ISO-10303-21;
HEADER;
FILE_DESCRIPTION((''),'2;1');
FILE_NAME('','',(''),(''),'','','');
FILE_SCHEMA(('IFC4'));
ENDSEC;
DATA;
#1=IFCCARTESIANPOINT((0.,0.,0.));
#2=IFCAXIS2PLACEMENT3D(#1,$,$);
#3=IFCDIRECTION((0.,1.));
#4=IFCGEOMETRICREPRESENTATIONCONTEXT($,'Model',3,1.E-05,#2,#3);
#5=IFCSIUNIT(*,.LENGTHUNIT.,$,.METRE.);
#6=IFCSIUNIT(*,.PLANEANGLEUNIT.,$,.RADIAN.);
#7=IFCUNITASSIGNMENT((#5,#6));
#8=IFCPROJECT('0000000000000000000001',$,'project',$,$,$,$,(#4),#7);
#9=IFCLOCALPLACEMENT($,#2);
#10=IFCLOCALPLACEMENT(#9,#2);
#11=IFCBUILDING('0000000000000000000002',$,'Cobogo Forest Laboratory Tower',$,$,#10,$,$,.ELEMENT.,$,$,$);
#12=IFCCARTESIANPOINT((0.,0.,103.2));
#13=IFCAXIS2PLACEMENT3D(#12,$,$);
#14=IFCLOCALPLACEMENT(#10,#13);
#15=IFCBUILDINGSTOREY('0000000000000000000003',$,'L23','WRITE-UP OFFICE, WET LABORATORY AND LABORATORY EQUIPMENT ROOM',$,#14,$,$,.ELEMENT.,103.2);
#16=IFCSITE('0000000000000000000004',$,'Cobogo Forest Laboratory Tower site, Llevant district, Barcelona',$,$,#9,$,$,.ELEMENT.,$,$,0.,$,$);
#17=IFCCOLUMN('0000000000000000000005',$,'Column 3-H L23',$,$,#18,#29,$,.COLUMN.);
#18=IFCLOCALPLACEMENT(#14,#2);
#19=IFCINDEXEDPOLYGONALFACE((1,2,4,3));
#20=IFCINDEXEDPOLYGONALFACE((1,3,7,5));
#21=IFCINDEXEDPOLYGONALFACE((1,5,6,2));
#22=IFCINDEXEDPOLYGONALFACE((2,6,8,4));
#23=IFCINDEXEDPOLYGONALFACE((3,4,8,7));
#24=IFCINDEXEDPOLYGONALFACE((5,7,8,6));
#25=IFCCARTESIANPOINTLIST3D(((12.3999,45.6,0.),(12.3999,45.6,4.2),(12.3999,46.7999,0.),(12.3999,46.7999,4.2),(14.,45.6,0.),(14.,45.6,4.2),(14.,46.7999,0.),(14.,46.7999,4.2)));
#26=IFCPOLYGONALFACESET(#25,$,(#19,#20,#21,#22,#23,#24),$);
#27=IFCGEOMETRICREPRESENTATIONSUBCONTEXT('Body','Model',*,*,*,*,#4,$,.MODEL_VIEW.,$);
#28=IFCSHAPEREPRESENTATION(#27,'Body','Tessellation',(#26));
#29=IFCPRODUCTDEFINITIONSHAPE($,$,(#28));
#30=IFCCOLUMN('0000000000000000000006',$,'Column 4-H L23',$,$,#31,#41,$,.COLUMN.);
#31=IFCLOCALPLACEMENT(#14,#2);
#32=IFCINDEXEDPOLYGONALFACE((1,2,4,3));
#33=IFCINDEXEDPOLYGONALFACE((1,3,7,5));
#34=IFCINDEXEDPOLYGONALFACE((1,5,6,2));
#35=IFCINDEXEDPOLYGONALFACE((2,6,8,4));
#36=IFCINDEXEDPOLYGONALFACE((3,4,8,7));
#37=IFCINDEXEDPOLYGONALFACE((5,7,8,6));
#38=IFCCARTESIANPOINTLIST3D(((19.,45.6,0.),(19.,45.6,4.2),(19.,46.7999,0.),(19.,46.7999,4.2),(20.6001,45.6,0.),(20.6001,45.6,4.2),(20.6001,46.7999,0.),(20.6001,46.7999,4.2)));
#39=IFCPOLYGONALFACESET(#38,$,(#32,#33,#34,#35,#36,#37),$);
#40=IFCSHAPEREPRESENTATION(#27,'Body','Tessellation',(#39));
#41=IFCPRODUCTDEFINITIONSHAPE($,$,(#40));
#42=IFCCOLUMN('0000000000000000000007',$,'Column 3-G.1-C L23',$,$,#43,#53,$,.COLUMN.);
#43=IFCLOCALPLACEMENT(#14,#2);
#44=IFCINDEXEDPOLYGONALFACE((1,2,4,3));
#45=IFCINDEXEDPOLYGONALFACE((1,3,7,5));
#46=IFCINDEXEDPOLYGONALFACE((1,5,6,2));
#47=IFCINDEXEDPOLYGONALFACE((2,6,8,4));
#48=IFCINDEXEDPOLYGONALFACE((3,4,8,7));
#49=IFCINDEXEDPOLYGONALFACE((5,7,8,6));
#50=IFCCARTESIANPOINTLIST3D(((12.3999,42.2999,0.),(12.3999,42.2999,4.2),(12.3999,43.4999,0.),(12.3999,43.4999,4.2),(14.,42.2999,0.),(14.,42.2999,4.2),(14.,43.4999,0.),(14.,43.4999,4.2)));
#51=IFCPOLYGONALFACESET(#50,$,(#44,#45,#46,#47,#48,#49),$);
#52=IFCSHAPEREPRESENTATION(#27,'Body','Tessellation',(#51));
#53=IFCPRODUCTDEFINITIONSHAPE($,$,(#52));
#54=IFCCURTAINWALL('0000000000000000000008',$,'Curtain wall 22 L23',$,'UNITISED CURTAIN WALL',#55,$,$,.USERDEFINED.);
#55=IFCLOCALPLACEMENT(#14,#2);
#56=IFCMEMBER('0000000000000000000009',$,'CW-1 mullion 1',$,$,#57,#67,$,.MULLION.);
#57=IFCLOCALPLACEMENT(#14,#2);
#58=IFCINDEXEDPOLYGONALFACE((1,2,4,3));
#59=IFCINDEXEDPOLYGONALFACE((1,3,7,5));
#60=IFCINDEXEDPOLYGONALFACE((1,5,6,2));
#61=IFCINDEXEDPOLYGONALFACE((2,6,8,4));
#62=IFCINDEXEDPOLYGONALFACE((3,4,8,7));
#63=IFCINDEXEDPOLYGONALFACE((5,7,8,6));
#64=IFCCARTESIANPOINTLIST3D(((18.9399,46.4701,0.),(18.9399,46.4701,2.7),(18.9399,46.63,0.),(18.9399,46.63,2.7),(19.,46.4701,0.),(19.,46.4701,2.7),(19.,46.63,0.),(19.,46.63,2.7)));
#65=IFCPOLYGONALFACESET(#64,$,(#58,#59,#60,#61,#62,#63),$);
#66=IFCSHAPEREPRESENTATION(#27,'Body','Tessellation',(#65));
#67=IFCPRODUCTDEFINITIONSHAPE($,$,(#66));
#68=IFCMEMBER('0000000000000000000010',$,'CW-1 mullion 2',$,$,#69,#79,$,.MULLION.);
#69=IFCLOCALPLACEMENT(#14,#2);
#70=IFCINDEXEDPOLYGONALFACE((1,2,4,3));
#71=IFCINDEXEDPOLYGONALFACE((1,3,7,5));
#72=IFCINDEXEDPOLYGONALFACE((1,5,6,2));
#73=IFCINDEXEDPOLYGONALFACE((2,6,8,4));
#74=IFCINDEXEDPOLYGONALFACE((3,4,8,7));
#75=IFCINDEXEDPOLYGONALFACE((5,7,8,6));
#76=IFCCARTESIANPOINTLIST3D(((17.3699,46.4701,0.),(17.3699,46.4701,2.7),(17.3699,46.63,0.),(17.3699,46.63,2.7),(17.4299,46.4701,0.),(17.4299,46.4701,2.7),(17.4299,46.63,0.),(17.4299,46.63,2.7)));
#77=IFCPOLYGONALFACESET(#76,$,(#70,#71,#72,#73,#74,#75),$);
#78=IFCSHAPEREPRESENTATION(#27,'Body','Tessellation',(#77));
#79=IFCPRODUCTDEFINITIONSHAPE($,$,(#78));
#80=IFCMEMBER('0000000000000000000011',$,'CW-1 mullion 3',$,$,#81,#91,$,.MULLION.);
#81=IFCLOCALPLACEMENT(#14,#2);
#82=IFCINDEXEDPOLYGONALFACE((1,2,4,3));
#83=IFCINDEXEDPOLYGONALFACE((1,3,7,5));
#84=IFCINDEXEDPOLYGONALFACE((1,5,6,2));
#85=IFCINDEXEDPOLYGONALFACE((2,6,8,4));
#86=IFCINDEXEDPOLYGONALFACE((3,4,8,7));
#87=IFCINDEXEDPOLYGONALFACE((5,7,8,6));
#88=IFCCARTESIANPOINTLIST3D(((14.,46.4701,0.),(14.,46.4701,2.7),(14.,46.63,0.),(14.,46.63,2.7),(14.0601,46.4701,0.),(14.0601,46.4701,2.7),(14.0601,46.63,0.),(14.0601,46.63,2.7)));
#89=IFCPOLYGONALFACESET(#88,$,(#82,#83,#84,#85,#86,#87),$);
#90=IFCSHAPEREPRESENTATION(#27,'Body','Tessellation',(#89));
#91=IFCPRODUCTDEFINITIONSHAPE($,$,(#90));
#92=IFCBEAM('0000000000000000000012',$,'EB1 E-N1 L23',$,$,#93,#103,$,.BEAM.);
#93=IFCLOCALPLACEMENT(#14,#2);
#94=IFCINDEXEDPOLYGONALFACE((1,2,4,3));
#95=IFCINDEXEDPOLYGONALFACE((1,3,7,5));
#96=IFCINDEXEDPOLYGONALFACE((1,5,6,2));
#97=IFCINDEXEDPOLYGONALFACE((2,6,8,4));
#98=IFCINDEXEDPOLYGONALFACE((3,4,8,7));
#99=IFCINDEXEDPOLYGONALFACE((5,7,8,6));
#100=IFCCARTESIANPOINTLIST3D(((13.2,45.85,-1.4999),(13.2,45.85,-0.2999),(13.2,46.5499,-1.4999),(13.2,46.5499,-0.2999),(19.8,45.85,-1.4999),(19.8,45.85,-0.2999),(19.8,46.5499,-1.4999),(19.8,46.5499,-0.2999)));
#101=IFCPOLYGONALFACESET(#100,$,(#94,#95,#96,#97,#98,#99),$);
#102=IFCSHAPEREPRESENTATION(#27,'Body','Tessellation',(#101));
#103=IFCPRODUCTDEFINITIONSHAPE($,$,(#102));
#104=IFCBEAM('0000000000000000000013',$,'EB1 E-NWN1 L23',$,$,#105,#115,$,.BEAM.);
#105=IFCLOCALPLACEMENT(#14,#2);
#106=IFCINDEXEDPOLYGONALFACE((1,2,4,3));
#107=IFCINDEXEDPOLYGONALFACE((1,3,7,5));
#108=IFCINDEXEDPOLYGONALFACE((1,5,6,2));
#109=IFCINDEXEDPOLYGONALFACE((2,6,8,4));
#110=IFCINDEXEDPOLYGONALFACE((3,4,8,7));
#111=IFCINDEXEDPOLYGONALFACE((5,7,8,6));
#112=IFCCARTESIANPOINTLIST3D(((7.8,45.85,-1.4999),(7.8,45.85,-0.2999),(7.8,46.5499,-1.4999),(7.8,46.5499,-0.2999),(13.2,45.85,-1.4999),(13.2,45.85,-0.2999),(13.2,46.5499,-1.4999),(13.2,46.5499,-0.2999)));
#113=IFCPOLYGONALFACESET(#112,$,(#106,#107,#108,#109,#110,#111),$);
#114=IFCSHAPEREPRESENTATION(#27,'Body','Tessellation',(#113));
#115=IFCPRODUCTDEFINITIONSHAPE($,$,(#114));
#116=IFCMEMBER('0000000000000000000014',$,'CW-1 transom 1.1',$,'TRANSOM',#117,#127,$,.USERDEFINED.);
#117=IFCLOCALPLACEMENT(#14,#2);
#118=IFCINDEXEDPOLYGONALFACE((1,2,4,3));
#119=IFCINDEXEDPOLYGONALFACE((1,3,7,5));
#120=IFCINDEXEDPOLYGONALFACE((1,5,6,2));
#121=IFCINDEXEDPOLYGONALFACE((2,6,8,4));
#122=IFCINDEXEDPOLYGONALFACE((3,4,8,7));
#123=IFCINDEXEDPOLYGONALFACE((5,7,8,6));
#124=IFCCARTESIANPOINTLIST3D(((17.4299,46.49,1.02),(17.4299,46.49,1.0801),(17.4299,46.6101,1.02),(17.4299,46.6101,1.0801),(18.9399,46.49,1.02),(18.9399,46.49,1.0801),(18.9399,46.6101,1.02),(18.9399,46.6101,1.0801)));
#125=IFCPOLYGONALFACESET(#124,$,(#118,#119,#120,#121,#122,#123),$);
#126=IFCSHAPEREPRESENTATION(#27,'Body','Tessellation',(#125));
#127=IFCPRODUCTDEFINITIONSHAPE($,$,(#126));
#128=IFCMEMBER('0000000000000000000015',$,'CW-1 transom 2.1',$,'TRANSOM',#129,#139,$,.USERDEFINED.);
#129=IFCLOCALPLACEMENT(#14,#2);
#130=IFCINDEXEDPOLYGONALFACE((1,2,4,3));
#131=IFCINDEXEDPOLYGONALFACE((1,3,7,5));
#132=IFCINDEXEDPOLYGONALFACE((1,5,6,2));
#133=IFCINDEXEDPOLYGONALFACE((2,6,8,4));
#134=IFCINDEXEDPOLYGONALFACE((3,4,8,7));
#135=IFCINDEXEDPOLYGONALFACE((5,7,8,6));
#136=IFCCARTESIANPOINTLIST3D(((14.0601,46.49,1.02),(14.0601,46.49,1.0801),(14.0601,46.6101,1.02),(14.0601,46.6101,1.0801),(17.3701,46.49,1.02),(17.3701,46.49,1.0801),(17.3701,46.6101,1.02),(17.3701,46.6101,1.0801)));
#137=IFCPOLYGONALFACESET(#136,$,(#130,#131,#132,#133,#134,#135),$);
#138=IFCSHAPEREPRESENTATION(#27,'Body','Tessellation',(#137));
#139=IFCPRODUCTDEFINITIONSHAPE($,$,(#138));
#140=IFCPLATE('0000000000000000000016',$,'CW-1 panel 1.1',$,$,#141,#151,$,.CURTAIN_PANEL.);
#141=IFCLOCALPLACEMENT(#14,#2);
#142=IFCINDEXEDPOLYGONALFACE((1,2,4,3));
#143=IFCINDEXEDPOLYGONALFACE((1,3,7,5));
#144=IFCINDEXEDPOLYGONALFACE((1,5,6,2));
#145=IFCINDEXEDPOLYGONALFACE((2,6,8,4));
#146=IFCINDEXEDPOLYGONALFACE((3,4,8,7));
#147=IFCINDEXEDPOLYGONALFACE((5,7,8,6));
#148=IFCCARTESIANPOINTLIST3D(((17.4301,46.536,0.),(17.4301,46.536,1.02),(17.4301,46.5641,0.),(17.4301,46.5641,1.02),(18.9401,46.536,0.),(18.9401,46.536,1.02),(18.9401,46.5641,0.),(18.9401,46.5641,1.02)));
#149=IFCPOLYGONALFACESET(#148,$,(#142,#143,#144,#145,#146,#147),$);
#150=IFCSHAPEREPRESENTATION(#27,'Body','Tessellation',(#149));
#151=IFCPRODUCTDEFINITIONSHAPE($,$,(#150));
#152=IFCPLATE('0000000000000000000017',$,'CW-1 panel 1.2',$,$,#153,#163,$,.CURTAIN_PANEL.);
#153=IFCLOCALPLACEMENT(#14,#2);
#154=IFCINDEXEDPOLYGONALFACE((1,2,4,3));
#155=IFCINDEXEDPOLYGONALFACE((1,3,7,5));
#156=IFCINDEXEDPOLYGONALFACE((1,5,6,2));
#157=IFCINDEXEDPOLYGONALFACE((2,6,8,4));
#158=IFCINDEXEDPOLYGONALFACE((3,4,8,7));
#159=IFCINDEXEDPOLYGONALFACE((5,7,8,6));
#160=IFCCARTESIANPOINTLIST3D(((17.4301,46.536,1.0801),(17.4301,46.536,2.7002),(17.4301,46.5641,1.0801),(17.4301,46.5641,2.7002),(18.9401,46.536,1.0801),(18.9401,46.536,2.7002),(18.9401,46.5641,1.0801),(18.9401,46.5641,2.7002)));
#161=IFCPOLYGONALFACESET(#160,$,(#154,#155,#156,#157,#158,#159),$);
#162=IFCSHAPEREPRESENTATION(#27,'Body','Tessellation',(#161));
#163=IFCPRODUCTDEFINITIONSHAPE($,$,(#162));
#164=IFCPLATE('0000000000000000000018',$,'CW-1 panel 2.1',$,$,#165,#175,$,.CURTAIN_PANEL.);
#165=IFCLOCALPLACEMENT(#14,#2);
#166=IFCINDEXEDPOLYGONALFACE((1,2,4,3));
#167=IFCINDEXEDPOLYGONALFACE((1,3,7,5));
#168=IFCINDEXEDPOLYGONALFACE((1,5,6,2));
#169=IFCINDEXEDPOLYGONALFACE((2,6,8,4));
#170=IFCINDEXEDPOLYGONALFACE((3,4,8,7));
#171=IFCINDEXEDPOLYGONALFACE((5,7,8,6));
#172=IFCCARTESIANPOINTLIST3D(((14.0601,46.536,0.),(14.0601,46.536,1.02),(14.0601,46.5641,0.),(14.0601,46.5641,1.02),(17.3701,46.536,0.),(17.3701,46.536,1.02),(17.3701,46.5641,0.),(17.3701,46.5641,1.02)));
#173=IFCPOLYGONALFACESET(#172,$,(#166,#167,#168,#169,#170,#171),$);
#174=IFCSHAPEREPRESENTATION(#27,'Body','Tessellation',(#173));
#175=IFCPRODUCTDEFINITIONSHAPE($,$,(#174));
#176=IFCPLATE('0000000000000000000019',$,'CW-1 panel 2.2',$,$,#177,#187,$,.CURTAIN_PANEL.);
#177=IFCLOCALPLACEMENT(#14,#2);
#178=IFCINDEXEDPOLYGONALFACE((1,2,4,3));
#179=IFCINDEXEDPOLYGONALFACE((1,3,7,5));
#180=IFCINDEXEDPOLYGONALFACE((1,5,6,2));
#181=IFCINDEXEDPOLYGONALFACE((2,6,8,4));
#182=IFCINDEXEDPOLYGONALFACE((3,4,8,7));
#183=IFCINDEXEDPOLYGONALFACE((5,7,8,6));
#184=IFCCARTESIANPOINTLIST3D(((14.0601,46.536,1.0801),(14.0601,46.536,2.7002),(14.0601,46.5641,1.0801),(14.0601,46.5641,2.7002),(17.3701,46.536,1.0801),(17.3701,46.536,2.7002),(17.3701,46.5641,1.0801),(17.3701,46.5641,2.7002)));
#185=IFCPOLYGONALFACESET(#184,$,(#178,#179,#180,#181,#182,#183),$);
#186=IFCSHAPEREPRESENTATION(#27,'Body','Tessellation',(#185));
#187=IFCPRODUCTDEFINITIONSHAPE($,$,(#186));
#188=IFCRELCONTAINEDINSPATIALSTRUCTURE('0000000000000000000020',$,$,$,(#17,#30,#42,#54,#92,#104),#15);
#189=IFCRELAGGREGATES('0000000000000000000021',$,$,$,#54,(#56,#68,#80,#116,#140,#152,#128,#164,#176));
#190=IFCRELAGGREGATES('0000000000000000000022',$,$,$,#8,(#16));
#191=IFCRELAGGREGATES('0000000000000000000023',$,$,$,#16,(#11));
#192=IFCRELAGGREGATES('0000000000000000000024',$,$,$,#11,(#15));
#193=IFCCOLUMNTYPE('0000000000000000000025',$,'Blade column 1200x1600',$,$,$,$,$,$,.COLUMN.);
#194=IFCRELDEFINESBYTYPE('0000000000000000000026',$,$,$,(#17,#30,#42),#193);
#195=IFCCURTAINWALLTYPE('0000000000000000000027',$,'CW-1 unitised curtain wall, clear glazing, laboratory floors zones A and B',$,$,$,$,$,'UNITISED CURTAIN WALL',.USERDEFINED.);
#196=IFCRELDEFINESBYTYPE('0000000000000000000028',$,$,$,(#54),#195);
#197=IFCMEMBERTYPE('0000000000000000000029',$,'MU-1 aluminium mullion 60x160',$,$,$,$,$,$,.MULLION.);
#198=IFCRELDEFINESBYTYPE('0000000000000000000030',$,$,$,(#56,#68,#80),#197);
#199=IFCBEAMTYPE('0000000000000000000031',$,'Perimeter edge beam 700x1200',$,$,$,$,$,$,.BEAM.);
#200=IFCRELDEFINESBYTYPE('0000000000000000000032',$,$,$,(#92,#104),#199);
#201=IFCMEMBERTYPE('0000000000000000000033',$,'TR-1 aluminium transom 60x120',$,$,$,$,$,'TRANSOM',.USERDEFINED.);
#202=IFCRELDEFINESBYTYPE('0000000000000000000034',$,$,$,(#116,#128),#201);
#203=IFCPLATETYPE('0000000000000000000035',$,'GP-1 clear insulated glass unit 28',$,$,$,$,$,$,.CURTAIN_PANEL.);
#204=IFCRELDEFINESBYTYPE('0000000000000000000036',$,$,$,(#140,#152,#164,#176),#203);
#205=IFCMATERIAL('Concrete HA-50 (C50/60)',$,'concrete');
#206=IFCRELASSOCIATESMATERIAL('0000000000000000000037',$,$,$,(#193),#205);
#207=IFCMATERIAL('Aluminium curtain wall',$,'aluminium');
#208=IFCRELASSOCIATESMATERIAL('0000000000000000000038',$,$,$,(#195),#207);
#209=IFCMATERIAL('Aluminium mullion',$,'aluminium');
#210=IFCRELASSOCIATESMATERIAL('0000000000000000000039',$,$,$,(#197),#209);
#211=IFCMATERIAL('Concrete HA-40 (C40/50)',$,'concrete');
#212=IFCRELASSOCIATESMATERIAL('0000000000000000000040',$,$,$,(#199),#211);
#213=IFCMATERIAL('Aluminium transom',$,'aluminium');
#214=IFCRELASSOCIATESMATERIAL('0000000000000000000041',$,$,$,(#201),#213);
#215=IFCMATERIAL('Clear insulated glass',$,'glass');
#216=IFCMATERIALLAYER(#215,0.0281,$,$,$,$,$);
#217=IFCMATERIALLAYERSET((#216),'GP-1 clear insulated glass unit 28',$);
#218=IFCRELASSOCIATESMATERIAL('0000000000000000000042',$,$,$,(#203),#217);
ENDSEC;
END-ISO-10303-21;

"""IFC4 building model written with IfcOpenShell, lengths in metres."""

from ifc_helpers import new_model, si_unit, direction, frame, origin, origin_2d, place, context, subcontext, project, spatial, rectangle, extrude, material, layer, layer_set, material_profile, profile_set, type_object, element, aggregate, save


model = new_model("IFC4")

# Units and contexts
model_context = context("Model", 3, precision=1e-05, world=origin(), true_north=direction((0.0, 1.0)))
body_context = subcontext(model_context, "Body", "Model", "MODEL_VIEW")
ifc_project = project(units=[si_unit("LENGTHUNIT", "METRE"), si_unit("PLANEANGLEUNIT", "RADIAN")], contexts=[model_context])

# Site, building, storey
site_placement = place(None, origin())
site = spatial("IfcSite", under=ifc_project, at=site_placement, Name="Cobogo Forest Laboratory Tower site, Llevant district, Barcelona", CompositionType="ELEMENT", RefElevation=0.0)
building_placement = place(site_placement, origin())
building = spatial("IfcBuilding", under=site, at=building_placement, Name="Cobogo Forest Laboratory Tower", CompositionType="ELEMENT")
storey_placement = place(building_placement, frame((0.0, 0.0, 103.2)))
storey = spatial("IfcBuildingStorey", under=building, at=storey_placement, Name="L23", Description="WRITE-UP OFFICE, WET LABORATORY AND LABORATORY EQUIPMENT ROOM", CompositionType="ELEMENT", Elevation=103.2)

# Columns
ifc_material_1 = material(Name="Concrete HA-50 (C50/60)", Category="concrete")
ifc_material_profile_1 = material_profile(ifc_material_1, rectangle(XDim=1.6001, YDim=1.2, at=origin_2d()), Name="RC 1200x1600")
ifc_profile_set_1 = profile_set([ifc_material_profile_1], Name="Concrete HA-50 (C50/60)")
column_type = type_object("IfcColumnType", Name="Blade column 1200x1600", PredefinedType="COLUMN", material=ifc_profile_set_1)
for number, where, z_axis, x_axis, name in (
    (1, (13.2, 46.2, 0.0), (0.0, 0.0, 1.0), (1.0, 0.0, 0.0), "Column 3-H L23"),
    (2, (19.8, 46.2, 0.0), (0.0, 0.0, 1.0), (1.0, 0.0, 0.0), "Column 4-H L23"),
    (3, (13.2, 42.8999, 0.0), (0.0, 0.0, 1.0), (1.0, 0.0, 0.0), "Column 3-G.1-C L23"),
):
    element("IfcColumn", number, at=place(storey_placement, frame(where, z_axis=z_axis, x_axis=x_axis)), inside=storey, type_object=column_type, Name=name, PredefinedType="COLUMN", context=body_context, shape_type="SweptSolid", body=[
        extrude(rectangle(XDim=1.6001, YDim=1.2, at=origin_2d()), origin(), (0.0, 0.0, 1.0), 4.2),
    ])

# Curtain wall, members
ifc_material_2 = material(Name="Aluminium curtain wall", Category="aluminium")
curtain_wall_type = type_object("IfcCurtainWallType", Name="CW-1 unitised curtain wall, clear glazing, laboratory floors zones A and B", ElementType="UNITISED CURTAIN WALL", PredefinedType="USERDEFINED", material=ifc_material_2)
curtain_wall_placement = place(storey_placement, origin())
curtain_wall = element("IfcCurtainWall", 4, at=curtain_wall_placement, inside=storey, type_object=curtain_wall_type, Name="Curtain wall 22 L23", ObjectType="UNITISED CURTAIN WALL", PredefinedType="USERDEFINED")
ifc_material_3 = material(Name="Aluminium mullion", Category="aluminium")
ifc_material_profile_2 = material_profile(ifc_material_3, rectangle(XDim=0.0601, YDim=0.1599, at=origin_2d()), Name="AL 60x160")
ifc_profile_set_2 = profile_set([ifc_material_profile_2], Name="Aluminium mullion")
member_type_1 = type_object("IfcMemberType", Name="MU-1 aluminium mullion 60x160", PredefinedType="MULLION", material=ifc_profile_set_2)
member_1_placement = place(storey_placement, frame((18.97, 46.55, 0.0), z_axis=(0.0, 0.0, 1.0), x_axis=(-1.0, 0.0, 0.0)))
member_1 = element("IfcMember", 5, at=member_1_placement, type_object=member_type_1, Name="CW-1 mullion 1", PredefinedType="MULLION", context=body_context, shape_type="SweptSolid", body=[
    extrude(rectangle(XDim=0.0601, YDim=0.1599, at=origin_2d()), origin(), (0.0, 0.0, 1.0), 2.7),
])
member_2_placement = place(storey_placement, frame((17.3999, 46.55, 0.0), z_axis=(0.0, 0.0, 1.0), x_axis=(-1.0, 0.0, 0.0)))
member_2 = element("IfcMember", 6, at=member_2_placement, type_object=member_type_1, Name="CW-1 mullion 2", PredefinedType="MULLION", context=body_context, shape_type="SweptSolid", body=[
    extrude(rectangle(XDim=0.0601, YDim=0.1599, at=origin_2d()), origin(), (0.0, 0.0, 1.0), 2.7),
])
member_3_placement = place(storey_placement, frame((14.03, 46.55, 0.0), z_axis=(0.0, 0.0, 1.0), x_axis=(-1.0, 0.0, 0.0)))
member_3 = element("IfcMember", 7, at=member_3_placement, type_object=member_type_1, Name="CW-1 mullion 3", PredefinedType="MULLION", context=body_context, shape_type="SweptSolid", body=[
    extrude(rectangle(XDim=0.0601, YDim=0.1599, at=origin_2d()), origin(), (0.0, 0.0, 1.0), 2.7),
])

# Beams
ifc_material_4 = material(Name="Concrete HA-40 (C40/50)", Category="concrete")
ifc_material_profile_3 = material_profile(ifc_material_4, rectangle(XDim=0.7, YDim=1.2, at=origin_2d()), Name="RC 700x1200")
ifc_profile_set_3 = profile_set([ifc_material_profile_3], Name="Concrete HA-40 (C40/50)")
beam_type = type_object("IfcBeamType", Name="Perimeter edge beam 700x1200", PredefinedType="BEAM", material=ifc_profile_set_3)
beam_1_placement = place(storey_placement, frame((13.2, 46.2, -0.8999), z_axis=(1.0, 0.0, 0.0), x_axis=(0.0, 1.0, 0.0)))
element("IfcBeam", 8, at=beam_1_placement, inside=storey, type_object=beam_type, Name="EB1 E-N1 L23", PredefinedType="BEAM", context=body_context, shape_type="SweptSolid", body=[
    extrude(rectangle(XDim=0.7, YDim=1.2, at=origin_2d()), origin(), (0.0, 0.0, 1.0), 6.6001),
])
beam_2_placement = place(storey_placement, frame((13.2, 46.2, -0.8999), z_axis=(-1.0, 0.0, 0.0), x_axis=(0.0, -1.0, 0.0)))
element("IfcBeam", 9, at=beam_2_placement, inside=storey, type_object=beam_type, Name="EB1 E-NWN1 L23", PredefinedType="BEAM", context=body_context, shape_type="SweptSolid", body=[
    extrude(rectangle(XDim=0.7, YDim=1.2, at=origin_2d()), origin(), (0.0, 0.0, 1.0), 5.3999),
])

# Members
ifc_material_5 = material(Name="Aluminium transom", Category="aluminium")
ifc_material_profile_4 = material_profile(ifc_material_5, rectangle(XDim=0.1201, YDim=0.0601, at=origin_2d()), Name="AL 60x120")
ifc_profile_set_4 = profile_set([ifc_material_profile_4], Name="Aluminium transom")
member_type_2 = type_object("IfcMemberType", Name="TR-1 aluminium transom 60x120", ElementType="TRANSOM", PredefinedType="USERDEFINED", material=ifc_profile_set_4)
member_4_placement = place(storey_placement, frame((18.9399, 46.55, 1.05), z_axis=(-1.0, 0.0, 0.0), x_axis=(0.0, -1.0, 0.0)))
member_4 = element("IfcMember", 10, at=member_4_placement, type_object=member_type_2, Name="CW-1 transom 1.1", ObjectType="TRANSOM", PredefinedType="USERDEFINED", context=body_context, shape_type="SweptSolid", body=[
    extrude(rectangle(XDim=0.1201, YDim=0.0601, at=origin_2d()), origin(), (0.0, 0.0, 1.0), 1.51),
])
member_5_placement = place(storey_placement, frame((17.3701, 46.55, 1.05), z_axis=(-1.0, 0.0, 0.0), x_axis=(0.0, -1.0, 0.0)))
member_5 = element("IfcMember", 11, at=member_5_placement, type_object=member_type_2, Name="CW-1 transom 2.1", ObjectType="TRANSOM", PredefinedType="USERDEFINED", context=body_context, shape_type="SweptSolid", body=[
    extrude(rectangle(XDim=0.1201, YDim=0.0601, at=origin_2d()), origin(), (0.0, 0.0, 1.0), 3.3101),
])

# Plates
ifc_material_6 = material(Name="Clear insulated glass", Category="glass")
ifc_layer_1 = layer(ifc_material_6, 0.0281)
ifc_layer_set_1 = layer_set([ifc_layer_1], Name="GP-1 clear insulated glass unit 28")
plate_type_1 = type_object("IfcPlateType", Name="GP-1 clear insulated glass unit 28", PredefinedType="CURTAIN_PANEL", material=ifc_layer_set_1)
plate_1_placement = place(storey_placement, frame((18.1851, 46.55, 0.0), z_axis=(0.0, 0.0, 1.0), x_axis=(-1.0, 0.0, 0.0)))
plate_1 = element("IfcPlate", 12, at=plate_1_placement, type_object=plate_type_1, Name="CW-1 panel 1.1", PredefinedType="CURTAIN_PANEL", context=body_context, shape_type="SweptSolid", body=[
    extrude(rectangle(XDim=1.51, YDim=0.0281, at=origin_2d()), origin(), (0.0, 0.0, 1.0), 1.02),
])
plate_2_placement = place(storey_placement, frame((18.1851, 46.55, 1.0801), z_axis=(0.0, 0.0, 1.0), x_axis=(-1.0, 0.0, 0.0)))
plate_2 = element("IfcPlate", 13, at=plate_2_placement, type_object=plate_type_1, Name="CW-1 panel 1.2", PredefinedType="CURTAIN_PANEL", context=body_context, shape_type="SweptSolid", body=[
    extrude(rectangle(XDim=1.51, YDim=0.0281, at=origin_2d()), origin(), (0.0, 0.0, 1.0), 1.6201),
])
plate_3_placement = place(storey_placement, frame((15.7151, 46.55, 0.0), z_axis=(0.0, 0.0, 1.0), x_axis=(-1.0, 0.0, 0.0)))
plate_3 = element("IfcPlate", 14, at=plate_3_placement, type_object=plate_type_1, Name="CW-1 panel 2.1", PredefinedType="CURTAIN_PANEL", context=body_context, shape_type="SweptSolid", body=[
    extrude(rectangle(XDim=3.3101, YDim=0.0281, at=origin_2d()), origin(), (0.0, 0.0, 1.0), 1.02),
])
plate_4_placement = place(storey_placement, frame((15.7151, 46.55, 1.0801), z_axis=(0.0, 0.0, 1.0), x_axis=(-1.0, 0.0, 0.0)))
plate_4 = element("IfcPlate", 15, at=plate_4_placement, type_object=plate_type_1, Name="CW-1 panel 2.2", PredefinedType="CURTAIN_PANEL", context=body_context, shape_type="SweptSolid", body=[
    extrude(rectangle(XDim=3.3101, YDim=0.0281, at=origin_2d()), origin(), (0.0, 0.0, 1.0), 1.6201),
])
aggregate(curtain_wall, [member_1, member_2, member_3, member_4, plate_1, plate_2, member_5, plate_3, plate_4])

save(model, "model.ifc")
